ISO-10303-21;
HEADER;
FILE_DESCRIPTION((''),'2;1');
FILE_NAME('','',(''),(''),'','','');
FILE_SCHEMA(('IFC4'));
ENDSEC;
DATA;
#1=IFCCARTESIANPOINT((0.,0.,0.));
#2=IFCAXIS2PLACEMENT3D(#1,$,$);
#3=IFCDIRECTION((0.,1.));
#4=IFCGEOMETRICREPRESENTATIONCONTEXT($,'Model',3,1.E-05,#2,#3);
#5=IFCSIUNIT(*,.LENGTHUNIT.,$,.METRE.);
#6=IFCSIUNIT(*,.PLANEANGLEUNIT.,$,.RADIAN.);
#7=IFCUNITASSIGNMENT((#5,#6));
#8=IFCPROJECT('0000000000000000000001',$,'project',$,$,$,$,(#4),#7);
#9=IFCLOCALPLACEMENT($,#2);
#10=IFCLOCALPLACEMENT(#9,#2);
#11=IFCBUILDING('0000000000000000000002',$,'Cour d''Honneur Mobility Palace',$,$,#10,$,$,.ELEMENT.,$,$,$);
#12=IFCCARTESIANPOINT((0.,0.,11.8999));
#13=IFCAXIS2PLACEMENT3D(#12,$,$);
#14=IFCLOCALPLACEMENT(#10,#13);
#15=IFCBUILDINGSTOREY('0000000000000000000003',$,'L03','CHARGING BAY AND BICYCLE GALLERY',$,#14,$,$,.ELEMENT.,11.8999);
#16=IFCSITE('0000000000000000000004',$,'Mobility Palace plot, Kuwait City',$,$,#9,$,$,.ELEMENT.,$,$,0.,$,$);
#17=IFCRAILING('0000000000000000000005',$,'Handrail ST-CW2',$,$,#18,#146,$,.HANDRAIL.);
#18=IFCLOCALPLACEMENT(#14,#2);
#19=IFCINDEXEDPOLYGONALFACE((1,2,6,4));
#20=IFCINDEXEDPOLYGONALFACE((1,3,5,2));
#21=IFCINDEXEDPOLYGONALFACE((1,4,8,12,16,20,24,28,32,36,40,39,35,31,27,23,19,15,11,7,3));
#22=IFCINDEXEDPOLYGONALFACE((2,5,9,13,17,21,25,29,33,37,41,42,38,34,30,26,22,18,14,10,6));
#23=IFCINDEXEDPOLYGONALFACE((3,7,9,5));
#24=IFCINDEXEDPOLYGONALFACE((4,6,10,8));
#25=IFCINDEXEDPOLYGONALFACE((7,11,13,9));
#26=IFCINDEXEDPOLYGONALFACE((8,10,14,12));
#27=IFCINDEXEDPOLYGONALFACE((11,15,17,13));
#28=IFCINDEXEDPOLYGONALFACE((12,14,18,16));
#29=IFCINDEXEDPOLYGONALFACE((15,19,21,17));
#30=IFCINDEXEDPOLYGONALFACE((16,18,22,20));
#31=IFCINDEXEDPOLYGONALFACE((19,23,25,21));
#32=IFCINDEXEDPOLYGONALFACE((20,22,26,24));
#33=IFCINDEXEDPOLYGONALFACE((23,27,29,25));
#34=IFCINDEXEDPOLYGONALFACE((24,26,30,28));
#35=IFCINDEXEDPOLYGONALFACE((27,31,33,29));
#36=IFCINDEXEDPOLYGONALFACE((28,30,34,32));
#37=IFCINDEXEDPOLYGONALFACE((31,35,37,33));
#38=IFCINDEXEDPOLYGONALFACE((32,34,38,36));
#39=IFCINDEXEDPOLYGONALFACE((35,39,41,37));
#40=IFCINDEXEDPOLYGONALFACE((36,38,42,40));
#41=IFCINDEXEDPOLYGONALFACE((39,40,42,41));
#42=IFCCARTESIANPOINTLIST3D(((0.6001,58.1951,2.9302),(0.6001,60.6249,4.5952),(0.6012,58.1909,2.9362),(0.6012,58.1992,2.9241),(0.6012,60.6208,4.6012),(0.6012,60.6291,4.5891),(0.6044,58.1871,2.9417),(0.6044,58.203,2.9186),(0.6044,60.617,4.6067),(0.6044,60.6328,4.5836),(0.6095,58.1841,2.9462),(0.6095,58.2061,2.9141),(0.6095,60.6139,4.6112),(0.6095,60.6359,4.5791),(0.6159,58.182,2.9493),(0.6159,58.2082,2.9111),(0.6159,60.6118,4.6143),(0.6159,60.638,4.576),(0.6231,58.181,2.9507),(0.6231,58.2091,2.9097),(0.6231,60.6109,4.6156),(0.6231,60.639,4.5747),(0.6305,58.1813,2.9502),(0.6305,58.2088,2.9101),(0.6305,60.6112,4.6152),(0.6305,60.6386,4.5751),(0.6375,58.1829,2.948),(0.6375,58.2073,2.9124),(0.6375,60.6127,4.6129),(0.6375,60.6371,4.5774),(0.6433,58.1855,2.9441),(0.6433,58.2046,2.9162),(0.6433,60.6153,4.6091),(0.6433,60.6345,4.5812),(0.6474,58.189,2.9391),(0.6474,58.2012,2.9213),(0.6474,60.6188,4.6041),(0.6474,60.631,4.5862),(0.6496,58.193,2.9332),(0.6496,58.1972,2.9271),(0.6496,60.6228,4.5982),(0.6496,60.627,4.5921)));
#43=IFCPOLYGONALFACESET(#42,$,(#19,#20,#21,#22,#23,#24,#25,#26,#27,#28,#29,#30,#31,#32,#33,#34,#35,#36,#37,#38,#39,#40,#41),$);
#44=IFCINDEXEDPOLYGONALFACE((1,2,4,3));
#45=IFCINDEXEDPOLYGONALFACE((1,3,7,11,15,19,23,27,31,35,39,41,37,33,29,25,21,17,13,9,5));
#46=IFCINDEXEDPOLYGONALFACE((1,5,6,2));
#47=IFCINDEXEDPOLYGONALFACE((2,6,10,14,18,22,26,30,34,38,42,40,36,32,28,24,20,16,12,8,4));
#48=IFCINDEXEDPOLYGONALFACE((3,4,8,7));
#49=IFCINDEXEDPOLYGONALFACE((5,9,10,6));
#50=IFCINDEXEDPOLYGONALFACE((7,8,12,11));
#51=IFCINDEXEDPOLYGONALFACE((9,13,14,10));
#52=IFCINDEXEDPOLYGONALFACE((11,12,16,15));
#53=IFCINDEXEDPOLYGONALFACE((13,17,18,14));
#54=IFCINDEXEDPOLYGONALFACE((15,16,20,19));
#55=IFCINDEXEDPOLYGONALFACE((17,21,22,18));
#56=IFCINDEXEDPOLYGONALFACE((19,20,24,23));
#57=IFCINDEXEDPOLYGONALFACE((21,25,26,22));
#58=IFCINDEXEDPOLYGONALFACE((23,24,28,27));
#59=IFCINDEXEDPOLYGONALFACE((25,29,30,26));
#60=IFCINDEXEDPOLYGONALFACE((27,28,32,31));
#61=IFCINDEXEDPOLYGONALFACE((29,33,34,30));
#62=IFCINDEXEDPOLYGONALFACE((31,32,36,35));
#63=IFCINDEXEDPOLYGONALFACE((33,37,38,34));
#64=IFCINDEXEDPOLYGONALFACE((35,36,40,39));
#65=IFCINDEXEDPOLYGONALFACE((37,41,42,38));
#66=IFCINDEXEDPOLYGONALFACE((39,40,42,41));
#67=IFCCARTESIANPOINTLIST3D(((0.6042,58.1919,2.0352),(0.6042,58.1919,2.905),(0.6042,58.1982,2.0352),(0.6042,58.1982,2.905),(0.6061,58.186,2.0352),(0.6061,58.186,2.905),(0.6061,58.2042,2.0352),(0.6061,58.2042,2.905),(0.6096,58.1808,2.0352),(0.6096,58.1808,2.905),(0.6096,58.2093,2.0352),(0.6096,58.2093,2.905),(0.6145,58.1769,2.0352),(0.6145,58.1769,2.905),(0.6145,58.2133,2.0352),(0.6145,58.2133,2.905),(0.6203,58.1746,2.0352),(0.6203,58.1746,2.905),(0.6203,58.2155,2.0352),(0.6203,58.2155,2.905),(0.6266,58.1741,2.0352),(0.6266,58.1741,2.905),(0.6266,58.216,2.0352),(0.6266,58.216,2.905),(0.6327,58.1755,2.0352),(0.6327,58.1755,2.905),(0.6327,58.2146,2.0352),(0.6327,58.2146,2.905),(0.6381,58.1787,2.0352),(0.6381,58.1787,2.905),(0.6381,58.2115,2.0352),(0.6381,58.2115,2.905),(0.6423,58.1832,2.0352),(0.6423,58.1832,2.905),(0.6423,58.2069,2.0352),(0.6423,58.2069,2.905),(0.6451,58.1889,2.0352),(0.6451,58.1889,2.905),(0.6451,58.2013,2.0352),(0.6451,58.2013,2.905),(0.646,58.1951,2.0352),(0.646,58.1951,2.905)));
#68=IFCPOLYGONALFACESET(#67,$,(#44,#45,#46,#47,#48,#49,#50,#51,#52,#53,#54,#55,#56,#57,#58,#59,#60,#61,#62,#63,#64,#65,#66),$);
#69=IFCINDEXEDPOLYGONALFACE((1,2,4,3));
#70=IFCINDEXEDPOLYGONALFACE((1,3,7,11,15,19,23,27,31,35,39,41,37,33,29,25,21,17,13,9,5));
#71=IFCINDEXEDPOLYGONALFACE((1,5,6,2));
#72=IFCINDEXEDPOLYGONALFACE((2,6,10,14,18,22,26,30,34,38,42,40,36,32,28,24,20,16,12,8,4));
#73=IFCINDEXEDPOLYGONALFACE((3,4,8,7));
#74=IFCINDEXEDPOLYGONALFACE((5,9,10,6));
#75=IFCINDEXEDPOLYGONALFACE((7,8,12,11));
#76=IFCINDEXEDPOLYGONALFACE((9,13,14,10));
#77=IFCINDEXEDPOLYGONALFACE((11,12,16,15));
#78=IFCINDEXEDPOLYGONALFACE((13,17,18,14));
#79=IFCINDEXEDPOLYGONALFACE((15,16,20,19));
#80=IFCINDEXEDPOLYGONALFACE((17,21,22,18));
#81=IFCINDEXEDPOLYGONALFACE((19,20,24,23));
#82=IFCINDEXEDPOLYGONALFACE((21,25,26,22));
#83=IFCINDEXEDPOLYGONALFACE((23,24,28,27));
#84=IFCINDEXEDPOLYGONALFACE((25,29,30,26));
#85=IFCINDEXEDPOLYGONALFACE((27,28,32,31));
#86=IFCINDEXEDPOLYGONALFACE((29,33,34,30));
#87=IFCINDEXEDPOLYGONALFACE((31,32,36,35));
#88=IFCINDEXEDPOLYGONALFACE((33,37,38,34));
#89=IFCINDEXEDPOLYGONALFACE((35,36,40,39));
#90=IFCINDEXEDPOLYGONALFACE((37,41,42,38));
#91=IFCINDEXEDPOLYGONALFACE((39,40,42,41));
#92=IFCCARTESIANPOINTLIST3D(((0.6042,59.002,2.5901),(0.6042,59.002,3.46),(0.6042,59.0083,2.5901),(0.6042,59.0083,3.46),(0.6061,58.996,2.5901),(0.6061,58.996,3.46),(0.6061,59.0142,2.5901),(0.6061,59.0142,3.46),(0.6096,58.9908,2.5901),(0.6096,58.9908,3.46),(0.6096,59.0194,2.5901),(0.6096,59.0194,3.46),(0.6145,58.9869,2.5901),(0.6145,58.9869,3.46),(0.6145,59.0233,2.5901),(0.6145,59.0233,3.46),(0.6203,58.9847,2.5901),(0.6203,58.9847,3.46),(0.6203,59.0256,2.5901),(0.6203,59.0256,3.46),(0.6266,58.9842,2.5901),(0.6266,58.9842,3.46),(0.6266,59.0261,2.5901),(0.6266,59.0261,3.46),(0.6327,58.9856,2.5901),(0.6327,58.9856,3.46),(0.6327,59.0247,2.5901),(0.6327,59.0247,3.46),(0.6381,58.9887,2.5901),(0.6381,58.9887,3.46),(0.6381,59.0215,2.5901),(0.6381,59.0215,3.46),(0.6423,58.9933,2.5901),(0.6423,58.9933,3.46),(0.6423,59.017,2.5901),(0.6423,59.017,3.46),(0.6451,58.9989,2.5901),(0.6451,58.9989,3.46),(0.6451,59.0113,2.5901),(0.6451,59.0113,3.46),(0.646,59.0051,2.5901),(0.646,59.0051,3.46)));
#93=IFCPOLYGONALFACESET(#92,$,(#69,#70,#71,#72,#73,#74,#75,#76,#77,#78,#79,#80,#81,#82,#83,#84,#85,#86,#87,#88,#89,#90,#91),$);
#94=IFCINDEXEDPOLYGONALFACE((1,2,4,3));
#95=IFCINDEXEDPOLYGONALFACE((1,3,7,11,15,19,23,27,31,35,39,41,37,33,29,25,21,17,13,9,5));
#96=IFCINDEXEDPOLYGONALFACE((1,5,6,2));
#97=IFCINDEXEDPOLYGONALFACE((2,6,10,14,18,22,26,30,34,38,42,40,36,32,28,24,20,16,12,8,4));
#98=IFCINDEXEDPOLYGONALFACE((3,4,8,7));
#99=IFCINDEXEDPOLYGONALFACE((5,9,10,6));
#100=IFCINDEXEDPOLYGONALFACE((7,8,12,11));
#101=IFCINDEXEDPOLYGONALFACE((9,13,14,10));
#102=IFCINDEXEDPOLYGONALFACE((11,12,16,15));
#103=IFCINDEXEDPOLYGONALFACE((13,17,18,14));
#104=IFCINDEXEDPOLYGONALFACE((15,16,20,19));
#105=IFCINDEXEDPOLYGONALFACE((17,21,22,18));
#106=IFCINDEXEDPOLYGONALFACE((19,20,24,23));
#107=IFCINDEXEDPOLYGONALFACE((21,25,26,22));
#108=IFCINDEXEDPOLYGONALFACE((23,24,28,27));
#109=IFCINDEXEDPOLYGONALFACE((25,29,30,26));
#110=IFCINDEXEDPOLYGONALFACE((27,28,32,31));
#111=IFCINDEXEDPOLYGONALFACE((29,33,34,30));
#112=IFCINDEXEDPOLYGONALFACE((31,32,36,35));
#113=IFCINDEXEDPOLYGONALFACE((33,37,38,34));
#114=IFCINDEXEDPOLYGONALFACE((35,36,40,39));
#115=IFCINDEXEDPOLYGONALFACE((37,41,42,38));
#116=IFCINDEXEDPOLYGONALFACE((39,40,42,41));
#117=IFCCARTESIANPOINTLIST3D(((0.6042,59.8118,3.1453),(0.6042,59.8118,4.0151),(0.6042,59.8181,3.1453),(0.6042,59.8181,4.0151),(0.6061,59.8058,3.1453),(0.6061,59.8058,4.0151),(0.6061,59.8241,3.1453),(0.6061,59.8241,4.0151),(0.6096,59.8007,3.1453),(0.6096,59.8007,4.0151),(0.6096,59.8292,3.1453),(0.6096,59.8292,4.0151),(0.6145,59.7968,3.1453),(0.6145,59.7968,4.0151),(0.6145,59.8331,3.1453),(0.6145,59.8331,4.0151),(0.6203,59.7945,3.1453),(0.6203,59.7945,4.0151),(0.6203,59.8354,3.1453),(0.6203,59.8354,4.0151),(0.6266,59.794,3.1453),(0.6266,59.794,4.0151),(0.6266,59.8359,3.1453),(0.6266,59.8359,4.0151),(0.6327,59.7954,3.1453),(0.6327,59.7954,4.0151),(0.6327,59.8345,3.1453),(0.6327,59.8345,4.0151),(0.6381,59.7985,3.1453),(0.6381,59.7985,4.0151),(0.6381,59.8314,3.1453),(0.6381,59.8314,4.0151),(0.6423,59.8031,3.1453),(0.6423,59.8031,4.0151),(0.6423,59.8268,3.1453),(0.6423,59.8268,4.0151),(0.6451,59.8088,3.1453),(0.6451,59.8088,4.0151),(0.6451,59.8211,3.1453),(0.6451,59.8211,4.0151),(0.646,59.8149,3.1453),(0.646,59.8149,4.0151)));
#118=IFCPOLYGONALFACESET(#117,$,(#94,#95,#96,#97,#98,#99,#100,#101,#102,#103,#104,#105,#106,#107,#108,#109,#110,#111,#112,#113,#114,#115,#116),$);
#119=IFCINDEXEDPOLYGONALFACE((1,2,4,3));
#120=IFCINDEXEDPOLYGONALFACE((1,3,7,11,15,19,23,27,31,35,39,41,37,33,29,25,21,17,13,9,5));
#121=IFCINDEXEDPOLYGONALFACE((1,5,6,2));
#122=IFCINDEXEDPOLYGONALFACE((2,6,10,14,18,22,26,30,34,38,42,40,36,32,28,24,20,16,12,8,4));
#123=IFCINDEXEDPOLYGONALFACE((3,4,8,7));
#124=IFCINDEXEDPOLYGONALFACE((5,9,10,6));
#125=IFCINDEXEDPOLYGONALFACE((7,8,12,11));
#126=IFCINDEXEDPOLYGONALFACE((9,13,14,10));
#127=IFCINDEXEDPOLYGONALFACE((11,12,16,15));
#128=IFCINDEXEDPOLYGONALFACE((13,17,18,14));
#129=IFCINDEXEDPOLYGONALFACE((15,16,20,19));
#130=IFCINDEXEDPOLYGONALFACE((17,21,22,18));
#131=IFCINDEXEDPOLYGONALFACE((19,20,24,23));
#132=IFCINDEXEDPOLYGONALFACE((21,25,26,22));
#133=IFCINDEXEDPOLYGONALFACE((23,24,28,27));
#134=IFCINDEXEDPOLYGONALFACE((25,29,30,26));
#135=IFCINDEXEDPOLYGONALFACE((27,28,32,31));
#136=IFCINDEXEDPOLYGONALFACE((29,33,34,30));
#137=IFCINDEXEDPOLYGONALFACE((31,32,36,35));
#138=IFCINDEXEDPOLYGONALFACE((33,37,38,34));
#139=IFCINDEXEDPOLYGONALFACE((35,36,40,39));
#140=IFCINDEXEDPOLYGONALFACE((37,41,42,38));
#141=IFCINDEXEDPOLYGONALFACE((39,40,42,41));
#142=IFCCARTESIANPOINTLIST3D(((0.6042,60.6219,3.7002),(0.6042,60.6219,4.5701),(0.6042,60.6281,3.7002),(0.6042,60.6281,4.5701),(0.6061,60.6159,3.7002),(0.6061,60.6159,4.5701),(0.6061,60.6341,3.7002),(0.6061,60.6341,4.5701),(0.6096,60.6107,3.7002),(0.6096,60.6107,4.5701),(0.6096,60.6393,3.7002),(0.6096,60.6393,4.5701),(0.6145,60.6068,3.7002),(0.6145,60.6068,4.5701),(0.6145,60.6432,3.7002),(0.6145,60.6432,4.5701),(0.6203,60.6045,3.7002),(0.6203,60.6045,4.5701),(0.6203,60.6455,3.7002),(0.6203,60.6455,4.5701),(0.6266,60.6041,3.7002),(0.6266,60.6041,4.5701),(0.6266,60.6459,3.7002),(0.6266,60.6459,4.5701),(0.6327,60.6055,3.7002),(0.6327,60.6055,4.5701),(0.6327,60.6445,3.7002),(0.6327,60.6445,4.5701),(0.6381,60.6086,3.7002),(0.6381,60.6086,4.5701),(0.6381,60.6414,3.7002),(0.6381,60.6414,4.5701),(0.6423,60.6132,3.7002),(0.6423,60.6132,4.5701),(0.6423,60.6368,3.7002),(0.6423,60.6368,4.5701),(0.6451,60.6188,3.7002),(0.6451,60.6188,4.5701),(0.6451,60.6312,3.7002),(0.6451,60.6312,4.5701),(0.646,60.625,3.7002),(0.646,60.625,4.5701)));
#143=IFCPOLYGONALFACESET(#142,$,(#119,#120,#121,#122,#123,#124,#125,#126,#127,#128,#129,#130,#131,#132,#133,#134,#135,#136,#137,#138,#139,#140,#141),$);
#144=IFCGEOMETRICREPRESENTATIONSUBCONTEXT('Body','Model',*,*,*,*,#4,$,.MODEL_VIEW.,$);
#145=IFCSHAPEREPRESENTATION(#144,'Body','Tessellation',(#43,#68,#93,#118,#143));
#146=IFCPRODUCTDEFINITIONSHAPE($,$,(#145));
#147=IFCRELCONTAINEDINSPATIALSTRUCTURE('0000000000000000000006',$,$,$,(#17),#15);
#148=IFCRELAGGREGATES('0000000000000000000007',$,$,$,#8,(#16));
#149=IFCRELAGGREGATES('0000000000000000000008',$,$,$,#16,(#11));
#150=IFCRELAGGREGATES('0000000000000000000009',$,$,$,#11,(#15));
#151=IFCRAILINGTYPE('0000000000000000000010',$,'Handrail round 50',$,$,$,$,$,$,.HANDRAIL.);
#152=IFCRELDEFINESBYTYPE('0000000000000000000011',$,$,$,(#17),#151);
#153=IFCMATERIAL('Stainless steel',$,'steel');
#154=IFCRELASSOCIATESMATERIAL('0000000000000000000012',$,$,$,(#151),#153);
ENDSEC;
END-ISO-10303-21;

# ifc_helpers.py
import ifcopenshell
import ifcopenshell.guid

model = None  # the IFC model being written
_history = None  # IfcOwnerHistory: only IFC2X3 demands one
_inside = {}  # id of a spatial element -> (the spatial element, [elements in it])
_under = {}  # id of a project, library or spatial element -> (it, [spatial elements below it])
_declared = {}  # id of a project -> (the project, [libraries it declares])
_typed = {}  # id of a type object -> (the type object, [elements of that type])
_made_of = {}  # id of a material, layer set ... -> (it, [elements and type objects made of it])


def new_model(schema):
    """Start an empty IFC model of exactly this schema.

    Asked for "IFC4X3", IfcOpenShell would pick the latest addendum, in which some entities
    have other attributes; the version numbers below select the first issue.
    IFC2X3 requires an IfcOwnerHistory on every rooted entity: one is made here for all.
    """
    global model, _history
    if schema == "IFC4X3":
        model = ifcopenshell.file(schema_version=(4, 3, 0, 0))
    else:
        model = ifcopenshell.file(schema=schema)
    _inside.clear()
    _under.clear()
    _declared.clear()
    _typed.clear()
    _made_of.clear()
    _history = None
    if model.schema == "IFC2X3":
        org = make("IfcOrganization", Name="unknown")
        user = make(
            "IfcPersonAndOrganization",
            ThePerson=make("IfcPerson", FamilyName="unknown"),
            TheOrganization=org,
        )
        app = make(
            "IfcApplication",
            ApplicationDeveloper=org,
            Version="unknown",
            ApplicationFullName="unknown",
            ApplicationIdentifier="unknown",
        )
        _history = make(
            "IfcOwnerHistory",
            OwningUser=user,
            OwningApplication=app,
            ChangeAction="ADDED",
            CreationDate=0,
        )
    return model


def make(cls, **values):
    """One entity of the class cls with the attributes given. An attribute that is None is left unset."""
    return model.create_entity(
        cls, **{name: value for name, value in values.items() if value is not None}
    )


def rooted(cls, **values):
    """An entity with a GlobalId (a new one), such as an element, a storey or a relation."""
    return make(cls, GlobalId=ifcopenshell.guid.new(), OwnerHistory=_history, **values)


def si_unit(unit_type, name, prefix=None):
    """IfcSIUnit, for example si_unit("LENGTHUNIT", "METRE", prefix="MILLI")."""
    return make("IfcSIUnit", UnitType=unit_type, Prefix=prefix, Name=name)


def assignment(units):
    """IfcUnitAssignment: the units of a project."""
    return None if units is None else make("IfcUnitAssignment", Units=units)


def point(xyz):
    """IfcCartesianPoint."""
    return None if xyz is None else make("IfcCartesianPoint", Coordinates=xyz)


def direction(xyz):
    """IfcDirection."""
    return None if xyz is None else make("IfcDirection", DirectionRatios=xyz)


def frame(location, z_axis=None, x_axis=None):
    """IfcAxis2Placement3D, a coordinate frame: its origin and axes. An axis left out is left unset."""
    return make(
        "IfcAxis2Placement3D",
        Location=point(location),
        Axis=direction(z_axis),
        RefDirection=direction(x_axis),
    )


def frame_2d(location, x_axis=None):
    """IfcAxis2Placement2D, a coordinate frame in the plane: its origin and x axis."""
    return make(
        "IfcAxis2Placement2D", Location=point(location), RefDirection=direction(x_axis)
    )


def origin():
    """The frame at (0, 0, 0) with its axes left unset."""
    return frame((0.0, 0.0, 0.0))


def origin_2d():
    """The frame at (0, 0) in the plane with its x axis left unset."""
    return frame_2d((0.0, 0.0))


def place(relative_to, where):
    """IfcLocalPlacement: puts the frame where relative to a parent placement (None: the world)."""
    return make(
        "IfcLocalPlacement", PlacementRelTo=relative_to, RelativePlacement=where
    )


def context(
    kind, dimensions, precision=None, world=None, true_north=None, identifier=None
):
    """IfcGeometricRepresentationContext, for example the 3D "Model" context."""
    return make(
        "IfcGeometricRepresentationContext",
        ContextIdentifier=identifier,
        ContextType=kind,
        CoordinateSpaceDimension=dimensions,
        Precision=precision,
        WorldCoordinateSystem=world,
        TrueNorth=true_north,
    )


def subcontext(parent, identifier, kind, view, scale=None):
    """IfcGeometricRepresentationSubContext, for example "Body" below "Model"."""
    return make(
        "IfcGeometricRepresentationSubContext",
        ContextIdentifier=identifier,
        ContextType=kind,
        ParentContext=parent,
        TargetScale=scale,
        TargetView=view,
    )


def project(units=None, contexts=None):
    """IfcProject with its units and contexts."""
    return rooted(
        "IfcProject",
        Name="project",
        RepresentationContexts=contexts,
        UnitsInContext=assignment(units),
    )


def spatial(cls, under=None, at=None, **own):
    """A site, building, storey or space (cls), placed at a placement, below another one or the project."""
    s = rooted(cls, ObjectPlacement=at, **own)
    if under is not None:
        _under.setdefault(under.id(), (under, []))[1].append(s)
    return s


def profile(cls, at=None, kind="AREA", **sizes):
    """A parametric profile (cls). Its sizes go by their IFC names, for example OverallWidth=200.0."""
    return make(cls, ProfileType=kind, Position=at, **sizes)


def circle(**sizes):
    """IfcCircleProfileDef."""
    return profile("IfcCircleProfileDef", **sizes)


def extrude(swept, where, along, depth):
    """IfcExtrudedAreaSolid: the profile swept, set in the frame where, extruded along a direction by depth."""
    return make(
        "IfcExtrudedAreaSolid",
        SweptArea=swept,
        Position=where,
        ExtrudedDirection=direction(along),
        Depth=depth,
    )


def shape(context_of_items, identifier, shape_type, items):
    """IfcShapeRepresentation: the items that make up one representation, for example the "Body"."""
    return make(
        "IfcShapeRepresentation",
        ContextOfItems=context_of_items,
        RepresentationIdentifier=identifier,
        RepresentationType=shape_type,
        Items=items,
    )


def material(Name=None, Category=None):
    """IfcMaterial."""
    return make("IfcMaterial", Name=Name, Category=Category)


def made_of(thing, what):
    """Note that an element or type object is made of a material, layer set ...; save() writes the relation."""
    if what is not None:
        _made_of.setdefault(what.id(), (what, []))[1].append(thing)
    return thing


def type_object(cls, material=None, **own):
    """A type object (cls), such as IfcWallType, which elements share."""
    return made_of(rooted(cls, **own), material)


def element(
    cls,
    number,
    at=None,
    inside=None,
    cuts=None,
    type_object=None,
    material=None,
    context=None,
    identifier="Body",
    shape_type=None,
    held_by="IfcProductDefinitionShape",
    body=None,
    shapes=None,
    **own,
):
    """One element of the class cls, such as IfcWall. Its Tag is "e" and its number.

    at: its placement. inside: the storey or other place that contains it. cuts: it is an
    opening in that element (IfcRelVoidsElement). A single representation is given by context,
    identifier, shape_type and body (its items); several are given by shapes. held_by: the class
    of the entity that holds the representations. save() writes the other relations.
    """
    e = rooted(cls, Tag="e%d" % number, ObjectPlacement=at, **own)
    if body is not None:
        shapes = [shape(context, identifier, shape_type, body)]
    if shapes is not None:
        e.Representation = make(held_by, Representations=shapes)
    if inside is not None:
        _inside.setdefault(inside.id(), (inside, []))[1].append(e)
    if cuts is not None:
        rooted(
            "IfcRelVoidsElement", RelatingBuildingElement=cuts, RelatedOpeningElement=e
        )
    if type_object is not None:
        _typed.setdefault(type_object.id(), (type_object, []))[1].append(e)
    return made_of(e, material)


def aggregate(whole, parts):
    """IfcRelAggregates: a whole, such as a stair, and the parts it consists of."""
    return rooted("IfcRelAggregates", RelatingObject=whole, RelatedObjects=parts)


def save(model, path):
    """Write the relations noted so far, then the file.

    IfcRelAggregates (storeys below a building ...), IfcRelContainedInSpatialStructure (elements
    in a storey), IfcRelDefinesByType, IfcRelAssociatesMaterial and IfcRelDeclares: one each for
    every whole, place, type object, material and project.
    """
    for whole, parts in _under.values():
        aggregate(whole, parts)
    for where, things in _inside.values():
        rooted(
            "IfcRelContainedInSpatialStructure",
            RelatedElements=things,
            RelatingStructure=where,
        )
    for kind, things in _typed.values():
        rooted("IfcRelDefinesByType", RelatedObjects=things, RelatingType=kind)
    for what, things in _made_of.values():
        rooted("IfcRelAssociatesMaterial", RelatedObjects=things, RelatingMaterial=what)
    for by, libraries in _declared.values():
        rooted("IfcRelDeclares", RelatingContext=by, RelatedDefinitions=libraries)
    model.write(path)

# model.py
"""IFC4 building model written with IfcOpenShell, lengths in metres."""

from ifc_helpers import new_model, si_unit, direction, frame, origin, origin_2d, place, context, subcontext, project, spatial, circle, extrude, material, type_object, element, save


model = new_model("IFC4")

# Units and contexts
model_context = context("Model", 3, precision=1e-05, world=origin(), true_north=direction((0.0, 1.0)))
body_context = subcontext(model_context, "Body", "Model", "MODEL_VIEW")
ifc_project = project(units=[si_unit("LENGTHUNIT", "METRE"), si_unit("PLANEANGLEUNIT", "RADIAN")], contexts=[model_context])

# Site, building, storey
site_placement = place(None, origin())
site = spatial("IfcSite", under=ifc_project, at=site_placement, Name="Mobility Palace plot, Kuwait City", CompositionType="ELEMENT", RefElevation=0.0)
building_placement = place(site_placement, origin())
building = spatial("IfcBuilding", under=site, at=building_placement, Name="Cour d'Honneur Mobility Palace", CompositionType="ELEMENT")
storey_placement = place(building_placement, frame((0.0, 0.0, 11.8999)))
storey = spatial("IfcBuildingStorey", under=building, at=storey_placement, Name="L03", Description="CHARGING BAY AND BICYCLE GALLERY", CompositionType="ELEMENT", Elevation=11.8999)

# Railing
ifc_material_1 = material(Name="Stainless steel", Category="steel")
railing_type_1 = type_object("IfcRailingType", Name="Handrail round 50", PredefinedType="HANDRAIL", material=ifc_material_1)
for number, where, name in (
    (1, (0.625, 58.1951, 2.0352), "Handrail ST-CW2"),
):
    element("IfcRailing", number, at=place(storey_placement, frame(where)), inside=storey, type_object=railing_type_1, Name=name, PredefinedType="HANDRAIL", context=body_context, shape_type="SweptSolid", body=[
        extrude(circle(Radius=0.0249, at=origin_2d()), frame((0.0, 0.0, 0.895), z_axis=(0.0, 0.824919, 0.565251), x_axis=(-1.0, 0.0, 0.0)), (0.0, 0.0, 1.0), 2.9456),
        extrude(circle(Radius=0.021, at=origin_2d()), origin(), (0.0, 0.0, 1.0), 0.8699),
        extrude(circle(Radius=0.021, at=origin_2d()), frame((0.0, 0.8101, 0.5549)), (0.0, 0.0, 1.0), 0.8699),
        extrude(circle(Radius=0.021, at=origin_2d()), frame((0.0, 1.6199, 1.1101)), (0.0, 0.0, 1.0), 0.8699),
        extrude(circle(Radius=0.021, at=origin_2d()), frame((0.0, 2.4299, 1.665)), (0.0, 0.0, 1.0), 0.8699),
    ])

save(model, "model.ifc")
